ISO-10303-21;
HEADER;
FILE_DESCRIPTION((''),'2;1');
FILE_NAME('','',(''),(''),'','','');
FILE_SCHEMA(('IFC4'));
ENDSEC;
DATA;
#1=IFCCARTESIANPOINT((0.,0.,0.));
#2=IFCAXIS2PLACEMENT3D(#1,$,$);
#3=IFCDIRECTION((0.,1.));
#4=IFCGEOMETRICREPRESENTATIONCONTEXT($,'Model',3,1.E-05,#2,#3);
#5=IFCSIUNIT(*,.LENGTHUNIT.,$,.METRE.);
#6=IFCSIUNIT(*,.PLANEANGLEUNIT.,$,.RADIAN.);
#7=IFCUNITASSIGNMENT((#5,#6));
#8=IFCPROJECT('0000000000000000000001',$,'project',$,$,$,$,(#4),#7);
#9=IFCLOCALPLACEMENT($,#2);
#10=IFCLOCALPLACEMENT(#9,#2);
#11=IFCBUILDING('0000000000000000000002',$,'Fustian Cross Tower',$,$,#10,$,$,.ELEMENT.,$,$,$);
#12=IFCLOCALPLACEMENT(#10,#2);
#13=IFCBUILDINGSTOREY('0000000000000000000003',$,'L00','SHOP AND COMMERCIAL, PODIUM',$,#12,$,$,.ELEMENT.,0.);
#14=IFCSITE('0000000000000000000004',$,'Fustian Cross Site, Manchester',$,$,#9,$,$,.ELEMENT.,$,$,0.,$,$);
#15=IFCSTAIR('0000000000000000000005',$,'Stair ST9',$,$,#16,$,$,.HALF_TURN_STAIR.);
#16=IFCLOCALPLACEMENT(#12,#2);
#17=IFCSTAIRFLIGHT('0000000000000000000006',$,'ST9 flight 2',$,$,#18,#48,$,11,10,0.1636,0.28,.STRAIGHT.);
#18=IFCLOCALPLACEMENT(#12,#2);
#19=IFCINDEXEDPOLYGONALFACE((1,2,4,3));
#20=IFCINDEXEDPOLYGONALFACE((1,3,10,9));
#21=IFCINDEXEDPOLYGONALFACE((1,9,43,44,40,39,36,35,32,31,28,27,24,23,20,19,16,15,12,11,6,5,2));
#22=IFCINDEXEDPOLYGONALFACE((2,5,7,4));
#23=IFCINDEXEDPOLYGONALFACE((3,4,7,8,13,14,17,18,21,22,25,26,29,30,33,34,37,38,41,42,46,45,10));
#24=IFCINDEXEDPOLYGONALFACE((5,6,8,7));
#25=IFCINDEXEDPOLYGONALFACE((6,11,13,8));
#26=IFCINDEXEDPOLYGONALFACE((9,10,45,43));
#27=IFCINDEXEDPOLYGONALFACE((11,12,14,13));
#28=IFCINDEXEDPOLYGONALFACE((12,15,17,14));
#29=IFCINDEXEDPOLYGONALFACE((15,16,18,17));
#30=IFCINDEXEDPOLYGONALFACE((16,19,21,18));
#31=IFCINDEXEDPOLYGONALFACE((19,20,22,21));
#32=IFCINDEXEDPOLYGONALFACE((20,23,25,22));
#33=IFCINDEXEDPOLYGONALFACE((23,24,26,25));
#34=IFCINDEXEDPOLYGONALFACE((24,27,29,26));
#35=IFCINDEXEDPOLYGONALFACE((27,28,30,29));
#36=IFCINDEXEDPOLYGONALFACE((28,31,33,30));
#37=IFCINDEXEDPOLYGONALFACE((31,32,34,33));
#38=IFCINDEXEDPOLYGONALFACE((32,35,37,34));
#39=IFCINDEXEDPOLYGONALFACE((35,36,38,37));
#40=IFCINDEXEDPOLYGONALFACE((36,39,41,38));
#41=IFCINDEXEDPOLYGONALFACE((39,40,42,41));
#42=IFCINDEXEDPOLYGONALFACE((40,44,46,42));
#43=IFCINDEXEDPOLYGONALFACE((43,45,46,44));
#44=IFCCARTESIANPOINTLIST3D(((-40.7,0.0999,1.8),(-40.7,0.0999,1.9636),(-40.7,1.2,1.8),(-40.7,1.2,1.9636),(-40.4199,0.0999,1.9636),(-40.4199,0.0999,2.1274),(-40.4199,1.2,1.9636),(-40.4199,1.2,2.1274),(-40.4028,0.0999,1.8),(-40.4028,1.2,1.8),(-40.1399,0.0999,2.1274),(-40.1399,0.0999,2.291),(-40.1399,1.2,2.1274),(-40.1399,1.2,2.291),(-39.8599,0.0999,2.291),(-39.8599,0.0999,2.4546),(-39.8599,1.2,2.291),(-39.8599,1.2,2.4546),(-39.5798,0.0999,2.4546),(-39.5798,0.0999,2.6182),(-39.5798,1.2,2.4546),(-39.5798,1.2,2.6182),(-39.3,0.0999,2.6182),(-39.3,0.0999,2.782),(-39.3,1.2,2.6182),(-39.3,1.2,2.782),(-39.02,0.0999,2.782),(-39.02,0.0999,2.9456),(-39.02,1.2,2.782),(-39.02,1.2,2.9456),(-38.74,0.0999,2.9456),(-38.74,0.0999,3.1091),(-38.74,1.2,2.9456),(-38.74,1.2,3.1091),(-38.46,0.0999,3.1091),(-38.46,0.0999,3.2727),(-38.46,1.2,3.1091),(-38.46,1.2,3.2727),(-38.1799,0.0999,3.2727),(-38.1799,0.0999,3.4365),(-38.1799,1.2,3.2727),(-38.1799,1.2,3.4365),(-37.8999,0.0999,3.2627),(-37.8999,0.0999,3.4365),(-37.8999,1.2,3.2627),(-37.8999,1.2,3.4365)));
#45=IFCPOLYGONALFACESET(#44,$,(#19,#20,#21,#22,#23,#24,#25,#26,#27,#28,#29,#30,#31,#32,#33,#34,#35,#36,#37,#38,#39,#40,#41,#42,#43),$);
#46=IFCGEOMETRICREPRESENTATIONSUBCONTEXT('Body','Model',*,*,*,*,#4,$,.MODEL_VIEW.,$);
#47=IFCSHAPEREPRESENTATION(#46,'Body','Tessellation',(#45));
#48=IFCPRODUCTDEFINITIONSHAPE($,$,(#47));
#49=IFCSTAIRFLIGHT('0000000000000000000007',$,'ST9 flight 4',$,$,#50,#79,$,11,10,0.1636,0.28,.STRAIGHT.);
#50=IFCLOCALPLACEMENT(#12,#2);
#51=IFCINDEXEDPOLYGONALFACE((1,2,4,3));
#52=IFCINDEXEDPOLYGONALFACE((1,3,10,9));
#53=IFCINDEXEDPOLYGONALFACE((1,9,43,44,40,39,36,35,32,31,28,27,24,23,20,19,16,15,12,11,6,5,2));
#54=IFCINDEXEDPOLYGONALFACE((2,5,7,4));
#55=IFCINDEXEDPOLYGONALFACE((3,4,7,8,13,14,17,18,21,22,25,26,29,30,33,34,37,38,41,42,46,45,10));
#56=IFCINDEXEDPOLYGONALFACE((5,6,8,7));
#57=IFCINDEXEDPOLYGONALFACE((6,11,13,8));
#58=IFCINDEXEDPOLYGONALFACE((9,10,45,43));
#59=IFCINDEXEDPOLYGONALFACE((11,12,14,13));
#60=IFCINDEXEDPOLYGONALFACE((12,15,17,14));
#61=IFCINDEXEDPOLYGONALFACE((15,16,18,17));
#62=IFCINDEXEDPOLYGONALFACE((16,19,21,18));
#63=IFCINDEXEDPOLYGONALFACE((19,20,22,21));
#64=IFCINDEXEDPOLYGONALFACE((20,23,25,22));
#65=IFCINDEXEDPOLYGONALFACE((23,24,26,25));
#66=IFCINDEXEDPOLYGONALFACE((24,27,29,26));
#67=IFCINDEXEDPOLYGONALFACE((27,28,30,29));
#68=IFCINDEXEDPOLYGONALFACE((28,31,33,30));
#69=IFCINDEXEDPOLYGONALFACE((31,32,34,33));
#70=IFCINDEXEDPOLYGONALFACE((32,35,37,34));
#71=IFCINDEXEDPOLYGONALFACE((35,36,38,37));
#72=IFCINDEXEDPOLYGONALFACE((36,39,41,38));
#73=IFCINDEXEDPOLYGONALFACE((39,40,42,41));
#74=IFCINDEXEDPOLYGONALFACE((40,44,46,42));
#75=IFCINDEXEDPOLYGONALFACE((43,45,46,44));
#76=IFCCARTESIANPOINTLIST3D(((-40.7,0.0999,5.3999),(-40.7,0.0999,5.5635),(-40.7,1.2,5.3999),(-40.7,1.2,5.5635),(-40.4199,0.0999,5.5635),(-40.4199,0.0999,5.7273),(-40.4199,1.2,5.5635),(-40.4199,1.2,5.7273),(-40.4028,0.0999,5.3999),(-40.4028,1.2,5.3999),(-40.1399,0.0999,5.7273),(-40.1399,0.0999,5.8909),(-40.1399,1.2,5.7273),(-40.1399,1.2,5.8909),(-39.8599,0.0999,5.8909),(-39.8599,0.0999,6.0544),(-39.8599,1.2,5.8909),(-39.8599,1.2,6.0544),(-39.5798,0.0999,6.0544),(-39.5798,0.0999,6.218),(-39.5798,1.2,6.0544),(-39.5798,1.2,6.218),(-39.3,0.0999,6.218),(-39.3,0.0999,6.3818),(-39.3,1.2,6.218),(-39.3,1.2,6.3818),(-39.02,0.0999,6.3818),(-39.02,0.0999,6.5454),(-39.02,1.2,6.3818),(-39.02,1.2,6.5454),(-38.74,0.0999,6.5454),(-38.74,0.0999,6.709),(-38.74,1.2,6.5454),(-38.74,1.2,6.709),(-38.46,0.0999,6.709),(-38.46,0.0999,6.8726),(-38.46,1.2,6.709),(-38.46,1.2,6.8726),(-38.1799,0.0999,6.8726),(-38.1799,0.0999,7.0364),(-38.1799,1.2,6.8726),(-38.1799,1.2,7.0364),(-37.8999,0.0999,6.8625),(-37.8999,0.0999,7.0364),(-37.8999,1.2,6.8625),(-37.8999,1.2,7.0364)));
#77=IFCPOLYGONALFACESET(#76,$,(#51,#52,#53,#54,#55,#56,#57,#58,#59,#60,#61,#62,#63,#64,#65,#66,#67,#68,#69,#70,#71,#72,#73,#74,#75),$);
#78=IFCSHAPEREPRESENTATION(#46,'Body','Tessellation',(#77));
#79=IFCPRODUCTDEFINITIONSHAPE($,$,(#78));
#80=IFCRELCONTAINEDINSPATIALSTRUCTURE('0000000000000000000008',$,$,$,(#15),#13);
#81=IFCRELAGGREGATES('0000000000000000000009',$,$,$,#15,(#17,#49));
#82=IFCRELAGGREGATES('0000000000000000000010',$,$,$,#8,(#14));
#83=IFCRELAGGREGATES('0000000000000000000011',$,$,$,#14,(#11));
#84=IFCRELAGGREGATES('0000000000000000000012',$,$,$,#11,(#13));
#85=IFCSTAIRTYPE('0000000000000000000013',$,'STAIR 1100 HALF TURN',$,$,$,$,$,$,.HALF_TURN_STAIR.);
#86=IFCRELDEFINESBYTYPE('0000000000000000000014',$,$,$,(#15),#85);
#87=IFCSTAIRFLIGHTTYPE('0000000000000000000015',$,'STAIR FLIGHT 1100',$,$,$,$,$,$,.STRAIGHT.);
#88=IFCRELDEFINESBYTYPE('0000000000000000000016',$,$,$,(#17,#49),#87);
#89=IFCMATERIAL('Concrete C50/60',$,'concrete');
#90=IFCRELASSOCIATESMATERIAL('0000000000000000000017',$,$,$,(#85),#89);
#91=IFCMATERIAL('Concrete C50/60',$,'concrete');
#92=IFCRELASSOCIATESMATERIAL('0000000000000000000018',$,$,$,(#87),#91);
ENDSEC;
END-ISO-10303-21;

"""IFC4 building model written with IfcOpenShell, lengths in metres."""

from ifc_helpers import new_model, si_unit, direction, frame, origin, place, context, subcontext, project, spatial, polyline, outline, extrude, material, type_object, element, aggregate, save


model = new_model("IFC4")

# Units and contexts
model_context = context("Model", 3, precision=1e-05, world=origin(), true_north=direction((0.0, 1.0)))
body_context = subcontext(model_context, "Body", "Model", "MODEL_VIEW")
ifc_project = project(units=[si_unit("LENGTHUNIT", "METRE"), si_unit("PLANEANGLEUNIT", "RADIAN")], contexts=[model_context])

# Site, building, storey
site_placement = place(None, origin())
site = spatial("IfcSite", under=ifc_project, at=site_placement, Name="Fustian Cross Site, Manchester", CompositionType="ELEMENT", RefElevation=0.0)
building_placement = place(site_placement, origin())
building = spatial("IfcBuilding", under=site, at=building_placement, Name="Fustian Cross Tower", CompositionType="ELEMENT")
storey_placement = place(building_placement, origin())
storey = spatial("IfcBuildingStorey", under=building, at=storey_placement, Name="L00", Description="SHOP AND COMMERCIAL, PODIUM", CompositionType="ELEMENT", Elevation=0.0)

# Stair, stair flights
ifc_material_1 = material(Name="Concrete C50/60", Category="concrete")
stair_type = type_object("IfcStairType", Name="STAIR 1100 HALF TURN", PredefinedType="HALF_TURN_STAIR", material=ifc_material_1)
stair_placement = place(storey_placement, origin())
stair = element("IfcStair", 1, at=stair_placement, inside=storey, type_object=stair_type, Name="Stair ST9", PredefinedType="HALF_TURN_STAIR")
ifc_material_2 = material(Name="Concrete C50/60", Category="concrete")
stair_flight_type = type_object("IfcStairFlightType", Name="STAIR FLIGHT 1100", PredefinedType="STRAIGHT", material=ifc_material_2)
stair_flight_1_placement = place(storey_placement, frame((-40.7, 0.6499, 1.8), z_axis=(0.0, 0.0, 1.0), x_axis=(1.0, 0.0, 0.0)))
stair_flight_1 = element("IfcStairFlight", 2, at=stair_flight_1_placement, type_object=stair_flight_type, Name="ST9 flight 2", NumberOfRisers=11, NumberOfTreads=10, PredefinedType="STRAIGHT", RiserHeight=0.1636, TreadLength=0.28, context=body_context, shape_type="SweptSolid", body=[
    extrude(outline(polyline([(0.0, 0.0), (0.0, 0.1636), (0.28, 0.1636), (0.28, 0.3274), (0.5601, 0.3274), (0.5601, 0.491), (0.8401, 0.491), (0.8401, 0.6545), (1.1201, 0.6545), (1.1201, 0.8181), (1.3999, 0.8181), (1.3999, 0.9819), (1.6799, 0.9819), (1.6799, 1.1455), (1.96, 1.1455), (1.96, 1.3091), (2.24, 1.3091), (2.24, 1.4727), (2.52, 1.4727), (2.52, 1.6365), (2.8, 1.6365), (2.8, 1.8), (2.8, 1.4626), (0.2971, 0.0), (0.0, 0.0)])), frame((0.0, 0.55, 0.0), z_axis=(0.0, -1.0, 0.0), x_axis=(1.0, 0.0, 0.0)), (0.0, 0.0, 1.0), 1.1001),
])
stair_flight_2_placement = place(storey_placement, frame((-40.7, 0.6499, 5.3999), z_axis=(0.0, 0.0, 1.0), x_axis=(1.0, 0.0, 0.0)))
stair_flight_2 = element("IfcStairFlight", 3, at=stair_flight_2_placement, type_object=stair_flight_type, Name="ST9 flight 4", NumberOfRisers=11, NumberOfTreads=10, PredefinedType="STRAIGHT", RiserHeight=0.1636, TreadLength=0.28, context=body_context, shape_type="SweptSolid", body=[
    extrude(outline(polyline([(0.0, 0.0), (0.0, 0.1636), (0.28, 0.1636), (0.28, 0.3274), (0.5601, 0.3274), (0.5601, 0.491), (0.8401, 0.491), (0.8401, 0.6545), (1.1201, 0.6545), (1.1201, 0.8181), (1.3999, 0.8181), (1.3999, 0.9819), (1.6799, 0.9819), (1.6799, 1.1455), (1.96, 1.1455), (1.96, 1.3091), (2.24, 1.3091), (2.24, 1.4727), (2.52, 1.4727), (2.52, 1.6365), (2.8, 1.6365), (2.8, 1.8), (2.8, 1.4626), (0.2971, 0.0), (0.0, 0.0)])), frame((0.0, 0.55, 0.0), z_axis=(0.0, -1.0, 0.0), x_axis=(1.0, 0.0, 0.0)), (0.0, 0.0, 1.0), 1.1001),
])
aggregate(stair, [stair_flight_1, stair_flight_2])

save(model, "model.ifc")
